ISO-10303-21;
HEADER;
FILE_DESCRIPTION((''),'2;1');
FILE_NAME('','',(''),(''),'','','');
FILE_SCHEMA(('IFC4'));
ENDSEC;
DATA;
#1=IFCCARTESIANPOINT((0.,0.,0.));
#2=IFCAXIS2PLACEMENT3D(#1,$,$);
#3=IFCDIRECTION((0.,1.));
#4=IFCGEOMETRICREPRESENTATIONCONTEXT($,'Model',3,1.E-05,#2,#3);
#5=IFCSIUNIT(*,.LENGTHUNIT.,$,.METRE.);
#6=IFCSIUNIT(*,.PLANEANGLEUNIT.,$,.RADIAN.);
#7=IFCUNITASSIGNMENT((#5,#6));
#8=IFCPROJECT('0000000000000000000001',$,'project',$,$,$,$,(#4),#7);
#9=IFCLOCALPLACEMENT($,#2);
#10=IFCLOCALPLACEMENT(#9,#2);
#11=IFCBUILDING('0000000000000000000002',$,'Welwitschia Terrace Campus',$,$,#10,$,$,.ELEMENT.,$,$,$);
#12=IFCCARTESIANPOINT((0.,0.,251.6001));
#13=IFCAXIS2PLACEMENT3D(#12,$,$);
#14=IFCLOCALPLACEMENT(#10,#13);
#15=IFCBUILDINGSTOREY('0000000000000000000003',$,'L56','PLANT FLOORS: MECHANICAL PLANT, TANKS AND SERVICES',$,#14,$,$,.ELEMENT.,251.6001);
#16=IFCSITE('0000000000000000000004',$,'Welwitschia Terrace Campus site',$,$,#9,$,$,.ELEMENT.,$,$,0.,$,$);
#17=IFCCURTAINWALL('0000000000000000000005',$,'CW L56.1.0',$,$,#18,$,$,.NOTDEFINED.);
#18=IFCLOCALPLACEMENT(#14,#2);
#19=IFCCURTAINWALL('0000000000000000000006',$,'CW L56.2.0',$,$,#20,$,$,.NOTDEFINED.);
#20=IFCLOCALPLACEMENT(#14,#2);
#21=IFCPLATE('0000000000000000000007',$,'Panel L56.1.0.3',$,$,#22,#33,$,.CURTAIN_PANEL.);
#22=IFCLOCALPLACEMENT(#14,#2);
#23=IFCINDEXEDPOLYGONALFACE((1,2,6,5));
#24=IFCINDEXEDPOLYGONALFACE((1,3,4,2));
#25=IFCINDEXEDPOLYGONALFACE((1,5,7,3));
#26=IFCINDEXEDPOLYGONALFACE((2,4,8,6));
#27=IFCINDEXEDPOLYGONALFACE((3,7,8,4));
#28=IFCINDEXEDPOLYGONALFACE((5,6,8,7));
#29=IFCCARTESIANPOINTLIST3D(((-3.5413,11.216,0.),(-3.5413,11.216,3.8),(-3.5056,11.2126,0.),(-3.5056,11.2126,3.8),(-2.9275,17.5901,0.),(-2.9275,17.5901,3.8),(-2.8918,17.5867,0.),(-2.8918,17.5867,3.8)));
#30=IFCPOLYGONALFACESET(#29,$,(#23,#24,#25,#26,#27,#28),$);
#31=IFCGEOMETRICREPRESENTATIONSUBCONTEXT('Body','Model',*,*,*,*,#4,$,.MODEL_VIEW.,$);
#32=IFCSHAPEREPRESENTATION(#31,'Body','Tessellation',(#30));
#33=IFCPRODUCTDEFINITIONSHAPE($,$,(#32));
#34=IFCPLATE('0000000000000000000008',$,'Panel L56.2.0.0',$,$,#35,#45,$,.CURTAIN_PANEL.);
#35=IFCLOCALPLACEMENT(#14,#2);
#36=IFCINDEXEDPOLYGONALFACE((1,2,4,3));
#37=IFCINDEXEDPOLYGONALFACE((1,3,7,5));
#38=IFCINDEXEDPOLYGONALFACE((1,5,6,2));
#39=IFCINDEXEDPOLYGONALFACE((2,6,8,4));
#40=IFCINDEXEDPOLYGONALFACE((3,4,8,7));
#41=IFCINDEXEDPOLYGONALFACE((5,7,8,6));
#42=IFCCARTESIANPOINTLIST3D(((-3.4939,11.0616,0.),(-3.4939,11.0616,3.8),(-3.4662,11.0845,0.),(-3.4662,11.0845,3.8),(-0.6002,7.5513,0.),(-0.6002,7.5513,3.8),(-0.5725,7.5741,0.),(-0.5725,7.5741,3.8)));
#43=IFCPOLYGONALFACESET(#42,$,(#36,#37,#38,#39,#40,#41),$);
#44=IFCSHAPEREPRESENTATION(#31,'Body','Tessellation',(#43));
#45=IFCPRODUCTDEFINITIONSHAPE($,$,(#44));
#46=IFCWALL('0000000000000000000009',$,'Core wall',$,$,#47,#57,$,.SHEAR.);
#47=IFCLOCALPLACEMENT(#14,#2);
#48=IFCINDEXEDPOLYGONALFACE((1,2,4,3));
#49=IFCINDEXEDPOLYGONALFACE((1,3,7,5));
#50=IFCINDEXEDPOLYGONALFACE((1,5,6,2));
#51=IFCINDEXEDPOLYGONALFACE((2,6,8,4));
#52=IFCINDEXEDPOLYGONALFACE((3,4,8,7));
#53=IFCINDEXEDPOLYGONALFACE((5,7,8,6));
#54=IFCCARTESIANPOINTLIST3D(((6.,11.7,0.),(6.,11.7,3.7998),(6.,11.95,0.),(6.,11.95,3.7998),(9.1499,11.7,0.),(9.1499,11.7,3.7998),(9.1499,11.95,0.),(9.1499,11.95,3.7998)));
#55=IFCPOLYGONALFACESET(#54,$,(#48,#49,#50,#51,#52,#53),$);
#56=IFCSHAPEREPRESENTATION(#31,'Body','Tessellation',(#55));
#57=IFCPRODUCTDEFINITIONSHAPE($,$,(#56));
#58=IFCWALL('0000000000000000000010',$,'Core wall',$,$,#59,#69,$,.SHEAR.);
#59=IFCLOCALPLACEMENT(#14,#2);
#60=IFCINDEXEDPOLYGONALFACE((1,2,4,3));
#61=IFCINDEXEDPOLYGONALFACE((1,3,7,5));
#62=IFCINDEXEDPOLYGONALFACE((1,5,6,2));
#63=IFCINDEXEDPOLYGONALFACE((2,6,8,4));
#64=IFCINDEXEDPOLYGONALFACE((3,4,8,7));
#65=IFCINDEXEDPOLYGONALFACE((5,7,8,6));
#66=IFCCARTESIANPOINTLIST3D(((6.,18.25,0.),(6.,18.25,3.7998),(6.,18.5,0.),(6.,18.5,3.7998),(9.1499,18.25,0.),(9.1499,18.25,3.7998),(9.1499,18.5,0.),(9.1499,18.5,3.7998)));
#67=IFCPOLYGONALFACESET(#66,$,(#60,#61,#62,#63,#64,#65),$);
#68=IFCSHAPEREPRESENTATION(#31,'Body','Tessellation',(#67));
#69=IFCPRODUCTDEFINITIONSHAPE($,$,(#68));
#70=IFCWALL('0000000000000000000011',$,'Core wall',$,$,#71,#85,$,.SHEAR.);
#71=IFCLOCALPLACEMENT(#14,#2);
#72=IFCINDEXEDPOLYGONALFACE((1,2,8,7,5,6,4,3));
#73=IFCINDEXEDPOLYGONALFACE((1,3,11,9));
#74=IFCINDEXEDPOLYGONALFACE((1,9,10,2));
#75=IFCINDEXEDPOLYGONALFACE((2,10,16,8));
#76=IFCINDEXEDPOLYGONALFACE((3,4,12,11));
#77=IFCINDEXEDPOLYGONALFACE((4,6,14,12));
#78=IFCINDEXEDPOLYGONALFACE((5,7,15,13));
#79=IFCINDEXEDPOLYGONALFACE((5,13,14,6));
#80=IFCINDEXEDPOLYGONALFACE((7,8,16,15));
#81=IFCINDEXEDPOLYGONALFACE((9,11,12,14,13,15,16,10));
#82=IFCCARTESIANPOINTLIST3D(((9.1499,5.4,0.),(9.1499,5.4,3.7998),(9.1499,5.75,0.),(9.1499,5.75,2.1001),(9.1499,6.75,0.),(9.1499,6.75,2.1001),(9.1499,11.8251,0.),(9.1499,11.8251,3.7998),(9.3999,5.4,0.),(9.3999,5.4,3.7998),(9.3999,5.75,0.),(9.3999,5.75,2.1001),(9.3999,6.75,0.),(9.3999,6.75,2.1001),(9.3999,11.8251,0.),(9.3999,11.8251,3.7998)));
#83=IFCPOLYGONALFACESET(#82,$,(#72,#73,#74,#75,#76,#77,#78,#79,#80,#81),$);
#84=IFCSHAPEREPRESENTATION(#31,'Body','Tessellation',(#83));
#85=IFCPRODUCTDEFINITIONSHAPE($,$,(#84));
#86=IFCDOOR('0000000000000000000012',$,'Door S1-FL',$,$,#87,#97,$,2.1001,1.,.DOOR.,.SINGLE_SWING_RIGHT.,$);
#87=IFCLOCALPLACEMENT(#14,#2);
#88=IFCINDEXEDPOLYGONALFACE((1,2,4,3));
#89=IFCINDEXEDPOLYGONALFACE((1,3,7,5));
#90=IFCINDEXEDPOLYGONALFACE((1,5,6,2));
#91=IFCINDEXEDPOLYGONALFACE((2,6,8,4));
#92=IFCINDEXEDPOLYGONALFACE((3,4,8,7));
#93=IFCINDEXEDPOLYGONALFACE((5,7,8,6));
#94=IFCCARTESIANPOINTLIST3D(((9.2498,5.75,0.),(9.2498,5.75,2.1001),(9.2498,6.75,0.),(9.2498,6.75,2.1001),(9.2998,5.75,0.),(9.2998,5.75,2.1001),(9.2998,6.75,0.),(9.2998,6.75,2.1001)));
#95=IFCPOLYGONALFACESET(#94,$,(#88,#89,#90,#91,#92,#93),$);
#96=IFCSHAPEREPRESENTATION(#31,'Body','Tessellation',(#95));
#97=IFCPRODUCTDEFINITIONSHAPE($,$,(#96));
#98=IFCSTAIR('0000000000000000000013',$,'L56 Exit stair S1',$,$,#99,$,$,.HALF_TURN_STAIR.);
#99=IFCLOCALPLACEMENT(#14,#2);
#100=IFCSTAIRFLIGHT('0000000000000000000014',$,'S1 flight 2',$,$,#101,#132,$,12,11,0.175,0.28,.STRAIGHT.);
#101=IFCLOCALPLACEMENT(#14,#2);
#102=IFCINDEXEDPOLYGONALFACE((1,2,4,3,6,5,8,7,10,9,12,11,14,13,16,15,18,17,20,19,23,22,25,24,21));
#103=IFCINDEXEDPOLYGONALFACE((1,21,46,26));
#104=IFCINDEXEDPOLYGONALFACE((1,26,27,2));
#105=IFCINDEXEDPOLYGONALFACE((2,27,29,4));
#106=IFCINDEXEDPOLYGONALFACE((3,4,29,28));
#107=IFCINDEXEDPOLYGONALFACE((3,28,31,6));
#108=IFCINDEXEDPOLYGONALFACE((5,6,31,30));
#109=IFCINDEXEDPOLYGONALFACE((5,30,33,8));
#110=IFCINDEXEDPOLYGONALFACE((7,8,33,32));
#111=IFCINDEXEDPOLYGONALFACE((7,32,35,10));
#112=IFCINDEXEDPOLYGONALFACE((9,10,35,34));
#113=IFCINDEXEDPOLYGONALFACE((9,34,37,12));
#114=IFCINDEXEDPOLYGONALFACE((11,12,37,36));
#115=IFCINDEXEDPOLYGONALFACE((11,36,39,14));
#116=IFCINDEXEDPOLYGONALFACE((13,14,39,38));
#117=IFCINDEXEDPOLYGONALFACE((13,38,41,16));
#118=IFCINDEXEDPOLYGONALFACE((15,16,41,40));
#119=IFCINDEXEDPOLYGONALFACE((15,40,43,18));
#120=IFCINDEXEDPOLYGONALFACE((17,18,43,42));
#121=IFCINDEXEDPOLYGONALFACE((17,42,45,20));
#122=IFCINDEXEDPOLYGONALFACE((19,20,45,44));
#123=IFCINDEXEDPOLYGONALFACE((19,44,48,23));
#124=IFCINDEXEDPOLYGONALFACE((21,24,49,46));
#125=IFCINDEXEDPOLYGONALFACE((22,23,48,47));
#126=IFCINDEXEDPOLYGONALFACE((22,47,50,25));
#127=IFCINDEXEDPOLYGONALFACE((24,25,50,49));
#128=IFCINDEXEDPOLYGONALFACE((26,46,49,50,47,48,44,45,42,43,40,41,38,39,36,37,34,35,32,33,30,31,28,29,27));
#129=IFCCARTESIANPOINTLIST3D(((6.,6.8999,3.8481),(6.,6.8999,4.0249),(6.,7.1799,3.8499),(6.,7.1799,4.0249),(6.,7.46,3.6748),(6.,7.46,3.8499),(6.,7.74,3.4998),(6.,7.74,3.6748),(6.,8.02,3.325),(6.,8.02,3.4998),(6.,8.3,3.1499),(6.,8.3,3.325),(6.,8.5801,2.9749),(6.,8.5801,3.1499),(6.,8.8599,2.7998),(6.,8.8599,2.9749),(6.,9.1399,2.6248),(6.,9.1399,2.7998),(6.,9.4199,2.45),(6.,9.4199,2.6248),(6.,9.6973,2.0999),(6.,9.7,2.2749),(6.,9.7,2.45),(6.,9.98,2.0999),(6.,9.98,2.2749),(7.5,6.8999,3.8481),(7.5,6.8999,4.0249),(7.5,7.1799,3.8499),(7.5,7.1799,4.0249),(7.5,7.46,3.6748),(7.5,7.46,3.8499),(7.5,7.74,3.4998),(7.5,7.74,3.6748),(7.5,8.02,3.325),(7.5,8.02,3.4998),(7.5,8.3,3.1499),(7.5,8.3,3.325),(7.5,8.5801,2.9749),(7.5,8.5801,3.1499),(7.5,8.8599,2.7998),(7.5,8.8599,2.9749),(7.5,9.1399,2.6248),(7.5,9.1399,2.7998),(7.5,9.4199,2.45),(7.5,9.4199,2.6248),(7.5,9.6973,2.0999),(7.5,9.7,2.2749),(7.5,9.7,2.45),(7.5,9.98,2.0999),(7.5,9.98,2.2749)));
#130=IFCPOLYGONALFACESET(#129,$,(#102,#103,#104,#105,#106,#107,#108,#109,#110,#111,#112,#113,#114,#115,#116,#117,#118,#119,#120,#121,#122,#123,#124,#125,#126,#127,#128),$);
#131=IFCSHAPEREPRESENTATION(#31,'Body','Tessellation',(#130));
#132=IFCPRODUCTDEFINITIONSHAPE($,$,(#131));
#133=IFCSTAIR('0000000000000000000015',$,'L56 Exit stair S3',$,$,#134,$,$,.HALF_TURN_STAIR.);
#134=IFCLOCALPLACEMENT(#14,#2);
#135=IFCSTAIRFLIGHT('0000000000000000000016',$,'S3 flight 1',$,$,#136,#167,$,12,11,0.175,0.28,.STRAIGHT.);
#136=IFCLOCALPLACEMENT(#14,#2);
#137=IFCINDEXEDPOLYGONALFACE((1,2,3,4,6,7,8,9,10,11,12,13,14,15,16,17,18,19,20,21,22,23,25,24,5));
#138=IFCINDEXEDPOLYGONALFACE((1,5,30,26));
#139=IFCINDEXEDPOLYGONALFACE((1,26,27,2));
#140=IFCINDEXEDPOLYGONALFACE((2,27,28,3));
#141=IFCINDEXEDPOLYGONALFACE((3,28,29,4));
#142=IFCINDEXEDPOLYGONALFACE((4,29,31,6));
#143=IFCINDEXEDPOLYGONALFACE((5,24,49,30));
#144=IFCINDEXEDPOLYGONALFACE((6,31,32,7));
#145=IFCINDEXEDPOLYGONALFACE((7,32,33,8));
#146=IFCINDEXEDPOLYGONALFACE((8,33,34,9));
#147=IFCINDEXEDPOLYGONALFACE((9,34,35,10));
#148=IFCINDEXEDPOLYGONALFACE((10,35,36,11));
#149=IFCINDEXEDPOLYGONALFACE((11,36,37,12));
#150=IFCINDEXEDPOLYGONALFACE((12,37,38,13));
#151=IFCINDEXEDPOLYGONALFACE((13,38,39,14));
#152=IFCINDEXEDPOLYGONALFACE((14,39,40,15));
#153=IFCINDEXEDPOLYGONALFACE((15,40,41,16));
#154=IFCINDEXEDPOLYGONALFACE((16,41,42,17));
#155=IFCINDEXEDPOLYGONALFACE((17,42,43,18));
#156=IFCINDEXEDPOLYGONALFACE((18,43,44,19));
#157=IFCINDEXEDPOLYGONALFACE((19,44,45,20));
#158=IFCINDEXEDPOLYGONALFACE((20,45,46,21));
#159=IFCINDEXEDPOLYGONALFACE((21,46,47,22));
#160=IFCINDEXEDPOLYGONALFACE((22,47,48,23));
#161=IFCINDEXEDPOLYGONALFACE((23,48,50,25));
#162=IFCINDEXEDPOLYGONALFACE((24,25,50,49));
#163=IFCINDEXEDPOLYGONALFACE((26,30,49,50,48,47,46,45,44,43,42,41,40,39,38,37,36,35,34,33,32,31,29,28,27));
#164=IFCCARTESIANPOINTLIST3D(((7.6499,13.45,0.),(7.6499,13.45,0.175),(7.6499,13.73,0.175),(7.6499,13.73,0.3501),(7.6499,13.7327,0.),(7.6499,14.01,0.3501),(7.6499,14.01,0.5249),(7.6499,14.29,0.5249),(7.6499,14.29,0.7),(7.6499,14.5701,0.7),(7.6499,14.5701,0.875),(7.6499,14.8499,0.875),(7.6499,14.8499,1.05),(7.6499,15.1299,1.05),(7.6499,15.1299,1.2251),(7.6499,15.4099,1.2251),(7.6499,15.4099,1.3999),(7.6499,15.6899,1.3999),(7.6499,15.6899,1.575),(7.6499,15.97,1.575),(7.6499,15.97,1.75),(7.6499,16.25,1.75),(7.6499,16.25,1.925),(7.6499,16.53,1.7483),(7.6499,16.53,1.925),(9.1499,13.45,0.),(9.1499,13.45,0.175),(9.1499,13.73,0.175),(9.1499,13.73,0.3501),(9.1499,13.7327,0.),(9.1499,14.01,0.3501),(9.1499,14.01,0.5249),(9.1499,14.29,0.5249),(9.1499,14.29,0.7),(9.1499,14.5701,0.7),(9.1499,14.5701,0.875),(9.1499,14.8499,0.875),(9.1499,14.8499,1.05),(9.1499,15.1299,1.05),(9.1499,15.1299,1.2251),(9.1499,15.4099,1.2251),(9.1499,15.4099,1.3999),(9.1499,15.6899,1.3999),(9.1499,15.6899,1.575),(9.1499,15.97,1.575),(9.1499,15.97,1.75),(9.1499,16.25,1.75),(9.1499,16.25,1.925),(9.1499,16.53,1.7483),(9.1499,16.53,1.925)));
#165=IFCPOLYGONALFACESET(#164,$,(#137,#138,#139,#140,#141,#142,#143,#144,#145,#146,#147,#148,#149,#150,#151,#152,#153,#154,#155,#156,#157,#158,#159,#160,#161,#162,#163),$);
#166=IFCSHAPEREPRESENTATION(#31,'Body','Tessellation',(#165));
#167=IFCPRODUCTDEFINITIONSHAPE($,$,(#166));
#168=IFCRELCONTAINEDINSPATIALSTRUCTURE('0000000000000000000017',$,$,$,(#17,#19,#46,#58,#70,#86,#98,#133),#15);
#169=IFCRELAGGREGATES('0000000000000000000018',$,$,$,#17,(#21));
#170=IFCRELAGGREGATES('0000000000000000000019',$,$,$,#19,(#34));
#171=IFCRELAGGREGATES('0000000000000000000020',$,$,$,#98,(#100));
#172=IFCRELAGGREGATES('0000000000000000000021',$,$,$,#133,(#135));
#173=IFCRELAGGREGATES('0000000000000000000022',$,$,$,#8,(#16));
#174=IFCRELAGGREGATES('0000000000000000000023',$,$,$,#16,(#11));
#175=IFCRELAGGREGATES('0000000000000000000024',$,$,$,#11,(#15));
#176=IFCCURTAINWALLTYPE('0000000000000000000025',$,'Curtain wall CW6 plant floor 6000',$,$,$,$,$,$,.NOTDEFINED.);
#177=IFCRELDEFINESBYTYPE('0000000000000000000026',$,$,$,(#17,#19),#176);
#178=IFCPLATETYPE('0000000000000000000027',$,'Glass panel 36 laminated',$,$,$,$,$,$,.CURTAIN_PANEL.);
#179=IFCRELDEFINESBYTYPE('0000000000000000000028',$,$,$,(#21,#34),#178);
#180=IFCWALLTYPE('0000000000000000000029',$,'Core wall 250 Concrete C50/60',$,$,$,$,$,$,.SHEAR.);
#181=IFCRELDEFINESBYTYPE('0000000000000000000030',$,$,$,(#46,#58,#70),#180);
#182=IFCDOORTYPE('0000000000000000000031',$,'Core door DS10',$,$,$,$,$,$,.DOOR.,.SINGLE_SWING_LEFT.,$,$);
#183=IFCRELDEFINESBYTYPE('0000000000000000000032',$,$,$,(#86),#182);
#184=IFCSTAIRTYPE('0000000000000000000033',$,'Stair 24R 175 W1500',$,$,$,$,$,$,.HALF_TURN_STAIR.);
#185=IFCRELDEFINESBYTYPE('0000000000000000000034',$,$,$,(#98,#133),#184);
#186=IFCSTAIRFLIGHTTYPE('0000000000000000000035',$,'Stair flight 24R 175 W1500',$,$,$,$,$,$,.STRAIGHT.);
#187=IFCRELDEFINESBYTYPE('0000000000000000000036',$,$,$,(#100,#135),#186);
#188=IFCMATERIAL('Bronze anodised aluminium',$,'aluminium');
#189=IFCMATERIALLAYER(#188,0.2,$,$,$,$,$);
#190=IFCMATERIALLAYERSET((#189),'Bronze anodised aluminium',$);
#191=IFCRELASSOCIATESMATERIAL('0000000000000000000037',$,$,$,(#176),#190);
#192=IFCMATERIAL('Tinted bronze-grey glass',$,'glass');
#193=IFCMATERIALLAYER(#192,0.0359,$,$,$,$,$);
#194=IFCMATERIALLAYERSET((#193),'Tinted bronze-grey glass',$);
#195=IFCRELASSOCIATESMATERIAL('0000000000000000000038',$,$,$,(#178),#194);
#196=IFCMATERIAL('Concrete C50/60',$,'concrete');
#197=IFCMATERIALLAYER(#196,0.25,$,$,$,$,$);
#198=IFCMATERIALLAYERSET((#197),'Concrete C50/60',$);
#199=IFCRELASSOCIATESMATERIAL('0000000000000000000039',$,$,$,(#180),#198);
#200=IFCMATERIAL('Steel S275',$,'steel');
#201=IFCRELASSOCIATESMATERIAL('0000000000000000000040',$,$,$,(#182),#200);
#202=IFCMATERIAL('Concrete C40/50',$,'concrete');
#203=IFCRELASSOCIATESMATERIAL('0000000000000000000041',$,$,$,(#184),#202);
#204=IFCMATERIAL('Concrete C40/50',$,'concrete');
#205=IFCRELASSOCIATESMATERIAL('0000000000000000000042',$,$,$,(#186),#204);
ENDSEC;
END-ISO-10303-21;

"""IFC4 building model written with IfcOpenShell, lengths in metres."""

from ifc_helpers import new_model, si_unit, direction, frame, frame_2d, origin, origin_2d, place, context, subcontext, project, spatial, polyline, rectangle, outline, extrude, material, layer, layer_set, type_object, element, fill, aggregate, save


model = new_model("IFC4")

# Units and contexts
model_context = context("Model", 3, precision=1e-05, world=origin(), true_north=direction((0.0, 1.0)))
body_context = subcontext(model_context, "Body", "Model", "MODEL_VIEW")
ifc_project = project(units=[si_unit("LENGTHUNIT", "METRE"), si_unit("PLANEANGLEUNIT", "RADIAN")], contexts=[model_context])

# Site, building, storey
site_placement = place(None, origin())
site = spatial("IfcSite", under=ifc_project, at=site_placement, Name="Welwitschia Terrace Campus site", CompositionType="ELEMENT", RefElevation=0.0)
building_placement = place(site_placement, origin())
building = spatial("IfcBuilding", under=site, at=building_placement, Name="Welwitschia Terrace Campus", CompositionType="ELEMENT")
storey_placement = place(building_placement, frame((0.0, 0.0, 251.6001)))
storey = spatial("IfcBuildingStorey", under=building, at=storey_placement, Name="L56", Description="PLANT FLOORS: MECHANICAL PLANT, TANKS AND SERVICES", CompositionType="ELEMENT", Elevation=251.6001)

# Curtain wall
ifc_material_1 = material(Name="Bronze anodised aluminium", Category="aluminium")
ifc_layer_1 = layer(ifc_material_1, 0.2)
ifc_layer_set_1 = layer_set([ifc_layer_1], Name="Bronze anodised aluminium")
curtain_wall_type = type_object("IfcCurtainWallType", Name="Curtain wall CW6 plant floor 6000", PredefinedType="NOTDEFINED", material=ifc_layer_set_1)
curtain_wall_1_placement = place(storey_placement, origin())
curtain_wall_1 = element("IfcCurtainWall", 1, at=curtain_wall_1_placement, inside=storey, type_object=curtain_wall_type, Name="CW L56.1.0", PredefinedType="NOTDEFINED")

# Curtain wall
curtain_wall_2_placement = place(storey_placement, origin())
curtain_wall_2 = element("IfcCurtainWall", 2, at=curtain_wall_2_placement, inside=storey, type_object=curtain_wall_type, Name="CW L56.2.0", PredefinedType="NOTDEFINED")

# Plates
ifc_material_2 = material(Name="Tinted bronze-grey glass", Category="glass")
ifc_layer_2 = layer(ifc_material_2, 0.0359)
ifc_layer_set_2 = layer_set([ifc_layer_2], Name="Tinted bronze-grey glass")
plate_type = type_object("IfcPlateType", Name="Glass panel 36 laminated", PredefinedType="CURTAIN_PANEL", material=ifc_layer_set_2)
plate_1_placement = place(storey_placement, frame((-3.2166, 14.4014, 0.0), z_axis=(0.0, 0.0, 1.0), x_axis=(-0.095846, -0.995396, 0.0)))
plate_1 = element("IfcPlate", 3, at=plate_1_placement, type_object=plate_type, Name="Panel L56.1.0.3", PredefinedType="CURTAIN_PANEL", context=body_context, shape_type="SweptSolid", body=[
    extrude(rectangle(XDim=6.4036, YDim=0.0359, at=origin_2d()), origin(), (0.0, 0.0, 1.0), 3.8),
])
aggregate(curtain_wall_1, [plate_1])
plate_2_placement = place(storey_placement, frame((-2.0332, 9.3179, 0.0), z_axis=(0.0, 0.0, 1.0), x_axis=(0.636078, -0.771625, 0.0)))
plate_2 = element("IfcPlate", 4, at=plate_2_placement, type_object=plate_type, Name="Panel L56.2.0.0", PredefinedType="CURTAIN_PANEL", context=body_context, shape_type="SweptSolid", body=[
    extrude(rectangle(XDim=4.5493, YDim=0.0359, at=origin_2d()), origin(), (0.0, 0.0, 1.0), 3.8),
])
aggregate(curtain_wall_2, [plate_2])

# Walls
ifc_material_3 = material(Name="Concrete C50/60", Category="concrete")
ifc_layer_3 = layer(ifc_material_3, 0.25)
ifc_layer_set_3 = layer_set([ifc_layer_3], Name="Concrete C50/60")
wall_type = type_object("IfcWallType", Name="Core wall 250 Concrete C50/60", PredefinedType="SHEAR", material=ifc_layer_set_3)
for number, where, z_axis, x_axis, name in (
    (5, (6.0, 11.825, 0.0), (0.0, 0.0, 1.0), (1.0, 0.0, 0.0), "Core wall"),
    (6, (6.0, 18.375, 0.0), (0.0, 0.0, 1.0), (1.0, 0.0, 0.0), "Core wall"),
):
    element("IfcWall", number, at=place(storey_placement, frame(where, z_axis=z_axis, x_axis=x_axis)), inside=storey, type_object=wall_type, Name=name, PredefinedType="SHEAR", context=body_context, shape_type="SweptSolid", body=[
        extrude(rectangle(XDim=3.1499, YDim=0.25, at=frame_2d((1.575, 0.0))), origin(), (0.0, 0.0, 1.0), 3.7998),
    ])

# Wall, opening, door
wall_placement = place(storey_placement, frame((9.2749, 11.825, 0.0), z_axis=(0.0, 0.0, 1.0), x_axis=(0.0, -1.0, 0.0)))
wall = element("IfcWall", 7, at=wall_placement, inside=storey, type_object=wall_type, Name="Core wall", PredefinedType="SHEAR", context=body_context, shape_type="SweptSolid", body=[
    extrude(rectangle(XDim=6.425, YDim=0.25, at=frame_2d((3.2124, 0.0))), origin(), (0.0, 0.0, 1.0), 3.7998),
])
opening_placement = place(wall_placement, frame((5.075, 0.0, 0.0)))
opening = element("IfcOpeningElement", 8, at=opening_placement, cuts=wall, PredefinedType="OPENING", context=body_context, shape_type="SweptSolid", body=[
    extrude(rectangle(XDim=1.0, YDim=2.1001, at=frame_2d((0.5, 1.05))), frame((0.0, 0.135, 0.0), z_axis=(0.0, -1.0, 0.0), x_axis=(1.0, 0.0, 0.0)), (0.0, 0.0, 1.0), 0.27),
])
ifc_material_4 = material(Name="Steel S275", Category="steel")
door_type = type_object("IfcDoorType", Name="Core door DS10", OperationType="SINGLE_SWING_LEFT", PredefinedType="DOOR", material=ifc_material_4)
door_placement = place(opening_placement, origin())
door = element("IfcDoor", 9, at=door_placement, inside=storey, type_object=door_type, Name="Door S1-FL", OperationType="SINGLE_SWING_RIGHT", OverallHeight=2.1001, OverallWidth=1.0, PredefinedType="DOOR", context=body_context, shape_type="SweptSolid", body=[
    extrude(rectangle(XDim=1.0, YDim=2.1001, at=frame_2d((0.5, 1.05))), frame((0.0, 0.0249, 0.0), z_axis=(0.0, -1.0, 0.0), x_axis=(1.0, 0.0, 0.0)), (0.0, 0.0, 1.0), 0.05),
])
fill(opening, door)

# Stair, stair flight
ifc_material_5 = material(Name="Concrete C40/50", Category="concrete")
stair_type = type_object("IfcStairType", Name="Stair 24R 175 W1500", PredefinedType="HALF_TURN_STAIR", material=ifc_material_5)
stair_1_placement = place(storey_placement, origin())
stair_1 = element("IfcStair", 10, at=stair_1_placement, inside=storey, type_object=stair_type, Name="L56 Exit stair S1", PredefinedType="HALF_TURN_STAIR")
ifc_material_6 = material(Name="Concrete C40/50", Category="concrete")
stair_flight_type = type_object("IfcStairFlightType", Name="Stair flight 24R 175 W1500", PredefinedType="STRAIGHT", material=ifc_material_6)
stair_flight_1_placement = place(storey_placement, frame((6.75, 9.98, 2.0999), z_axis=(0.0, 0.0, 1.0), x_axis=(0.0, -1.0, 0.0)))
stair_flight_1 = element("IfcStairFlight", 11, at=stair_flight_1_placement, type_object=stair_flight_type, Name="S1 flight 2", NumberOfRisers=12, NumberOfTreads=11, PredefinedType="STRAIGHT", RiserHeight=0.175, TreadLength=0.28, context=body_context, shape_type="SweptSolid", body=[
    extrude(outline(polyline([(0.0, 0.0), (0.0, 0.175), (0.28, 0.175), (0.28, 0.3501), (0.5601, 0.3501), (0.5601, 0.5249), (0.8401, 0.5249), (0.8401, 0.7), (1.1201, 0.7), (1.1201, 0.875), (1.3999, 0.875), (1.3999, 1.05), (1.6799, 1.05), (1.6799, 1.2251), (1.96, 1.2251), (1.96, 1.3999), (2.24, 1.3999), (2.24, 1.575), (2.52, 1.575), (2.52, 1.75), (2.8, 1.75), (2.8, 1.925), (3.0801, 1.925), (3.0801, 2.1001), (3.0801, 1.7483), (0.2827, 0.0), (0.0, 0.0)])), frame((0.0, 0.75, 0.0), z_axis=(0.0, -1.0, 0.0), x_axis=(1.0, 0.0, 0.0)), (0.0, 0.0, 1.0), 1.5),
])
aggregate(stair_1, [stair_flight_1])

# Stair, stair flight
stair_2_placement = place(storey_placement, origin())
stair_2 = element("IfcStair", 12, at=stair_2_placement, inside=storey, type_object=stair_type, Name="L56 Exit stair S3", PredefinedType="HALF_TURN_STAIR")
stair_flight_2_placement = place(storey_placement, frame((8.3999, 13.45, 0.0), z_axis=(0.0, 0.0, 1.0), x_axis=(0.0, 1.0, 0.0)))
stair_flight_2 = element("IfcStairFlight", 13, at=stair_flight_2_placement, type_object=stair_flight_type, Name="S3 flight 1", NumberOfRisers=12, NumberOfTreads=11, PredefinedType="STRAIGHT", RiserHeight=0.175, TreadLength=0.28, context=body_context, shape_type="SweptSolid", body=[
    extrude(outline(polyline([(0.0, 0.0), (0.0, 0.175), (0.28, 0.175), (0.28, 0.3501), (0.5601, 0.3501), (0.5601, 0.5249), (0.8401, 0.5249), (0.8401, 0.7), (1.1201, 0.7), (1.1201, 0.875), (1.3999, 0.875), (1.3999, 1.05), (1.6799, 1.05), (1.6799, 1.2251), (1.96, 1.2251), (1.96, 1.3999), (2.24, 1.3999), (2.24, 1.575), (2.52, 1.575), (2.52, 1.75), (2.8, 1.75), (2.8, 1.925), (3.0801, 1.925), (3.0801, 2.1001), (3.0801, 1.7483), (0.2827, 0.0), (0.0, 0.0)])), frame((0.0, 0.75, 0.0), z_axis=(0.0, -1.0, 0.0), x_axis=(1.0, 0.0, 0.0)), (0.0, 0.0, 1.0), 1.5),
])
aggregate(stair_2, [stair_flight_2])

save(model, "model.ifc")
